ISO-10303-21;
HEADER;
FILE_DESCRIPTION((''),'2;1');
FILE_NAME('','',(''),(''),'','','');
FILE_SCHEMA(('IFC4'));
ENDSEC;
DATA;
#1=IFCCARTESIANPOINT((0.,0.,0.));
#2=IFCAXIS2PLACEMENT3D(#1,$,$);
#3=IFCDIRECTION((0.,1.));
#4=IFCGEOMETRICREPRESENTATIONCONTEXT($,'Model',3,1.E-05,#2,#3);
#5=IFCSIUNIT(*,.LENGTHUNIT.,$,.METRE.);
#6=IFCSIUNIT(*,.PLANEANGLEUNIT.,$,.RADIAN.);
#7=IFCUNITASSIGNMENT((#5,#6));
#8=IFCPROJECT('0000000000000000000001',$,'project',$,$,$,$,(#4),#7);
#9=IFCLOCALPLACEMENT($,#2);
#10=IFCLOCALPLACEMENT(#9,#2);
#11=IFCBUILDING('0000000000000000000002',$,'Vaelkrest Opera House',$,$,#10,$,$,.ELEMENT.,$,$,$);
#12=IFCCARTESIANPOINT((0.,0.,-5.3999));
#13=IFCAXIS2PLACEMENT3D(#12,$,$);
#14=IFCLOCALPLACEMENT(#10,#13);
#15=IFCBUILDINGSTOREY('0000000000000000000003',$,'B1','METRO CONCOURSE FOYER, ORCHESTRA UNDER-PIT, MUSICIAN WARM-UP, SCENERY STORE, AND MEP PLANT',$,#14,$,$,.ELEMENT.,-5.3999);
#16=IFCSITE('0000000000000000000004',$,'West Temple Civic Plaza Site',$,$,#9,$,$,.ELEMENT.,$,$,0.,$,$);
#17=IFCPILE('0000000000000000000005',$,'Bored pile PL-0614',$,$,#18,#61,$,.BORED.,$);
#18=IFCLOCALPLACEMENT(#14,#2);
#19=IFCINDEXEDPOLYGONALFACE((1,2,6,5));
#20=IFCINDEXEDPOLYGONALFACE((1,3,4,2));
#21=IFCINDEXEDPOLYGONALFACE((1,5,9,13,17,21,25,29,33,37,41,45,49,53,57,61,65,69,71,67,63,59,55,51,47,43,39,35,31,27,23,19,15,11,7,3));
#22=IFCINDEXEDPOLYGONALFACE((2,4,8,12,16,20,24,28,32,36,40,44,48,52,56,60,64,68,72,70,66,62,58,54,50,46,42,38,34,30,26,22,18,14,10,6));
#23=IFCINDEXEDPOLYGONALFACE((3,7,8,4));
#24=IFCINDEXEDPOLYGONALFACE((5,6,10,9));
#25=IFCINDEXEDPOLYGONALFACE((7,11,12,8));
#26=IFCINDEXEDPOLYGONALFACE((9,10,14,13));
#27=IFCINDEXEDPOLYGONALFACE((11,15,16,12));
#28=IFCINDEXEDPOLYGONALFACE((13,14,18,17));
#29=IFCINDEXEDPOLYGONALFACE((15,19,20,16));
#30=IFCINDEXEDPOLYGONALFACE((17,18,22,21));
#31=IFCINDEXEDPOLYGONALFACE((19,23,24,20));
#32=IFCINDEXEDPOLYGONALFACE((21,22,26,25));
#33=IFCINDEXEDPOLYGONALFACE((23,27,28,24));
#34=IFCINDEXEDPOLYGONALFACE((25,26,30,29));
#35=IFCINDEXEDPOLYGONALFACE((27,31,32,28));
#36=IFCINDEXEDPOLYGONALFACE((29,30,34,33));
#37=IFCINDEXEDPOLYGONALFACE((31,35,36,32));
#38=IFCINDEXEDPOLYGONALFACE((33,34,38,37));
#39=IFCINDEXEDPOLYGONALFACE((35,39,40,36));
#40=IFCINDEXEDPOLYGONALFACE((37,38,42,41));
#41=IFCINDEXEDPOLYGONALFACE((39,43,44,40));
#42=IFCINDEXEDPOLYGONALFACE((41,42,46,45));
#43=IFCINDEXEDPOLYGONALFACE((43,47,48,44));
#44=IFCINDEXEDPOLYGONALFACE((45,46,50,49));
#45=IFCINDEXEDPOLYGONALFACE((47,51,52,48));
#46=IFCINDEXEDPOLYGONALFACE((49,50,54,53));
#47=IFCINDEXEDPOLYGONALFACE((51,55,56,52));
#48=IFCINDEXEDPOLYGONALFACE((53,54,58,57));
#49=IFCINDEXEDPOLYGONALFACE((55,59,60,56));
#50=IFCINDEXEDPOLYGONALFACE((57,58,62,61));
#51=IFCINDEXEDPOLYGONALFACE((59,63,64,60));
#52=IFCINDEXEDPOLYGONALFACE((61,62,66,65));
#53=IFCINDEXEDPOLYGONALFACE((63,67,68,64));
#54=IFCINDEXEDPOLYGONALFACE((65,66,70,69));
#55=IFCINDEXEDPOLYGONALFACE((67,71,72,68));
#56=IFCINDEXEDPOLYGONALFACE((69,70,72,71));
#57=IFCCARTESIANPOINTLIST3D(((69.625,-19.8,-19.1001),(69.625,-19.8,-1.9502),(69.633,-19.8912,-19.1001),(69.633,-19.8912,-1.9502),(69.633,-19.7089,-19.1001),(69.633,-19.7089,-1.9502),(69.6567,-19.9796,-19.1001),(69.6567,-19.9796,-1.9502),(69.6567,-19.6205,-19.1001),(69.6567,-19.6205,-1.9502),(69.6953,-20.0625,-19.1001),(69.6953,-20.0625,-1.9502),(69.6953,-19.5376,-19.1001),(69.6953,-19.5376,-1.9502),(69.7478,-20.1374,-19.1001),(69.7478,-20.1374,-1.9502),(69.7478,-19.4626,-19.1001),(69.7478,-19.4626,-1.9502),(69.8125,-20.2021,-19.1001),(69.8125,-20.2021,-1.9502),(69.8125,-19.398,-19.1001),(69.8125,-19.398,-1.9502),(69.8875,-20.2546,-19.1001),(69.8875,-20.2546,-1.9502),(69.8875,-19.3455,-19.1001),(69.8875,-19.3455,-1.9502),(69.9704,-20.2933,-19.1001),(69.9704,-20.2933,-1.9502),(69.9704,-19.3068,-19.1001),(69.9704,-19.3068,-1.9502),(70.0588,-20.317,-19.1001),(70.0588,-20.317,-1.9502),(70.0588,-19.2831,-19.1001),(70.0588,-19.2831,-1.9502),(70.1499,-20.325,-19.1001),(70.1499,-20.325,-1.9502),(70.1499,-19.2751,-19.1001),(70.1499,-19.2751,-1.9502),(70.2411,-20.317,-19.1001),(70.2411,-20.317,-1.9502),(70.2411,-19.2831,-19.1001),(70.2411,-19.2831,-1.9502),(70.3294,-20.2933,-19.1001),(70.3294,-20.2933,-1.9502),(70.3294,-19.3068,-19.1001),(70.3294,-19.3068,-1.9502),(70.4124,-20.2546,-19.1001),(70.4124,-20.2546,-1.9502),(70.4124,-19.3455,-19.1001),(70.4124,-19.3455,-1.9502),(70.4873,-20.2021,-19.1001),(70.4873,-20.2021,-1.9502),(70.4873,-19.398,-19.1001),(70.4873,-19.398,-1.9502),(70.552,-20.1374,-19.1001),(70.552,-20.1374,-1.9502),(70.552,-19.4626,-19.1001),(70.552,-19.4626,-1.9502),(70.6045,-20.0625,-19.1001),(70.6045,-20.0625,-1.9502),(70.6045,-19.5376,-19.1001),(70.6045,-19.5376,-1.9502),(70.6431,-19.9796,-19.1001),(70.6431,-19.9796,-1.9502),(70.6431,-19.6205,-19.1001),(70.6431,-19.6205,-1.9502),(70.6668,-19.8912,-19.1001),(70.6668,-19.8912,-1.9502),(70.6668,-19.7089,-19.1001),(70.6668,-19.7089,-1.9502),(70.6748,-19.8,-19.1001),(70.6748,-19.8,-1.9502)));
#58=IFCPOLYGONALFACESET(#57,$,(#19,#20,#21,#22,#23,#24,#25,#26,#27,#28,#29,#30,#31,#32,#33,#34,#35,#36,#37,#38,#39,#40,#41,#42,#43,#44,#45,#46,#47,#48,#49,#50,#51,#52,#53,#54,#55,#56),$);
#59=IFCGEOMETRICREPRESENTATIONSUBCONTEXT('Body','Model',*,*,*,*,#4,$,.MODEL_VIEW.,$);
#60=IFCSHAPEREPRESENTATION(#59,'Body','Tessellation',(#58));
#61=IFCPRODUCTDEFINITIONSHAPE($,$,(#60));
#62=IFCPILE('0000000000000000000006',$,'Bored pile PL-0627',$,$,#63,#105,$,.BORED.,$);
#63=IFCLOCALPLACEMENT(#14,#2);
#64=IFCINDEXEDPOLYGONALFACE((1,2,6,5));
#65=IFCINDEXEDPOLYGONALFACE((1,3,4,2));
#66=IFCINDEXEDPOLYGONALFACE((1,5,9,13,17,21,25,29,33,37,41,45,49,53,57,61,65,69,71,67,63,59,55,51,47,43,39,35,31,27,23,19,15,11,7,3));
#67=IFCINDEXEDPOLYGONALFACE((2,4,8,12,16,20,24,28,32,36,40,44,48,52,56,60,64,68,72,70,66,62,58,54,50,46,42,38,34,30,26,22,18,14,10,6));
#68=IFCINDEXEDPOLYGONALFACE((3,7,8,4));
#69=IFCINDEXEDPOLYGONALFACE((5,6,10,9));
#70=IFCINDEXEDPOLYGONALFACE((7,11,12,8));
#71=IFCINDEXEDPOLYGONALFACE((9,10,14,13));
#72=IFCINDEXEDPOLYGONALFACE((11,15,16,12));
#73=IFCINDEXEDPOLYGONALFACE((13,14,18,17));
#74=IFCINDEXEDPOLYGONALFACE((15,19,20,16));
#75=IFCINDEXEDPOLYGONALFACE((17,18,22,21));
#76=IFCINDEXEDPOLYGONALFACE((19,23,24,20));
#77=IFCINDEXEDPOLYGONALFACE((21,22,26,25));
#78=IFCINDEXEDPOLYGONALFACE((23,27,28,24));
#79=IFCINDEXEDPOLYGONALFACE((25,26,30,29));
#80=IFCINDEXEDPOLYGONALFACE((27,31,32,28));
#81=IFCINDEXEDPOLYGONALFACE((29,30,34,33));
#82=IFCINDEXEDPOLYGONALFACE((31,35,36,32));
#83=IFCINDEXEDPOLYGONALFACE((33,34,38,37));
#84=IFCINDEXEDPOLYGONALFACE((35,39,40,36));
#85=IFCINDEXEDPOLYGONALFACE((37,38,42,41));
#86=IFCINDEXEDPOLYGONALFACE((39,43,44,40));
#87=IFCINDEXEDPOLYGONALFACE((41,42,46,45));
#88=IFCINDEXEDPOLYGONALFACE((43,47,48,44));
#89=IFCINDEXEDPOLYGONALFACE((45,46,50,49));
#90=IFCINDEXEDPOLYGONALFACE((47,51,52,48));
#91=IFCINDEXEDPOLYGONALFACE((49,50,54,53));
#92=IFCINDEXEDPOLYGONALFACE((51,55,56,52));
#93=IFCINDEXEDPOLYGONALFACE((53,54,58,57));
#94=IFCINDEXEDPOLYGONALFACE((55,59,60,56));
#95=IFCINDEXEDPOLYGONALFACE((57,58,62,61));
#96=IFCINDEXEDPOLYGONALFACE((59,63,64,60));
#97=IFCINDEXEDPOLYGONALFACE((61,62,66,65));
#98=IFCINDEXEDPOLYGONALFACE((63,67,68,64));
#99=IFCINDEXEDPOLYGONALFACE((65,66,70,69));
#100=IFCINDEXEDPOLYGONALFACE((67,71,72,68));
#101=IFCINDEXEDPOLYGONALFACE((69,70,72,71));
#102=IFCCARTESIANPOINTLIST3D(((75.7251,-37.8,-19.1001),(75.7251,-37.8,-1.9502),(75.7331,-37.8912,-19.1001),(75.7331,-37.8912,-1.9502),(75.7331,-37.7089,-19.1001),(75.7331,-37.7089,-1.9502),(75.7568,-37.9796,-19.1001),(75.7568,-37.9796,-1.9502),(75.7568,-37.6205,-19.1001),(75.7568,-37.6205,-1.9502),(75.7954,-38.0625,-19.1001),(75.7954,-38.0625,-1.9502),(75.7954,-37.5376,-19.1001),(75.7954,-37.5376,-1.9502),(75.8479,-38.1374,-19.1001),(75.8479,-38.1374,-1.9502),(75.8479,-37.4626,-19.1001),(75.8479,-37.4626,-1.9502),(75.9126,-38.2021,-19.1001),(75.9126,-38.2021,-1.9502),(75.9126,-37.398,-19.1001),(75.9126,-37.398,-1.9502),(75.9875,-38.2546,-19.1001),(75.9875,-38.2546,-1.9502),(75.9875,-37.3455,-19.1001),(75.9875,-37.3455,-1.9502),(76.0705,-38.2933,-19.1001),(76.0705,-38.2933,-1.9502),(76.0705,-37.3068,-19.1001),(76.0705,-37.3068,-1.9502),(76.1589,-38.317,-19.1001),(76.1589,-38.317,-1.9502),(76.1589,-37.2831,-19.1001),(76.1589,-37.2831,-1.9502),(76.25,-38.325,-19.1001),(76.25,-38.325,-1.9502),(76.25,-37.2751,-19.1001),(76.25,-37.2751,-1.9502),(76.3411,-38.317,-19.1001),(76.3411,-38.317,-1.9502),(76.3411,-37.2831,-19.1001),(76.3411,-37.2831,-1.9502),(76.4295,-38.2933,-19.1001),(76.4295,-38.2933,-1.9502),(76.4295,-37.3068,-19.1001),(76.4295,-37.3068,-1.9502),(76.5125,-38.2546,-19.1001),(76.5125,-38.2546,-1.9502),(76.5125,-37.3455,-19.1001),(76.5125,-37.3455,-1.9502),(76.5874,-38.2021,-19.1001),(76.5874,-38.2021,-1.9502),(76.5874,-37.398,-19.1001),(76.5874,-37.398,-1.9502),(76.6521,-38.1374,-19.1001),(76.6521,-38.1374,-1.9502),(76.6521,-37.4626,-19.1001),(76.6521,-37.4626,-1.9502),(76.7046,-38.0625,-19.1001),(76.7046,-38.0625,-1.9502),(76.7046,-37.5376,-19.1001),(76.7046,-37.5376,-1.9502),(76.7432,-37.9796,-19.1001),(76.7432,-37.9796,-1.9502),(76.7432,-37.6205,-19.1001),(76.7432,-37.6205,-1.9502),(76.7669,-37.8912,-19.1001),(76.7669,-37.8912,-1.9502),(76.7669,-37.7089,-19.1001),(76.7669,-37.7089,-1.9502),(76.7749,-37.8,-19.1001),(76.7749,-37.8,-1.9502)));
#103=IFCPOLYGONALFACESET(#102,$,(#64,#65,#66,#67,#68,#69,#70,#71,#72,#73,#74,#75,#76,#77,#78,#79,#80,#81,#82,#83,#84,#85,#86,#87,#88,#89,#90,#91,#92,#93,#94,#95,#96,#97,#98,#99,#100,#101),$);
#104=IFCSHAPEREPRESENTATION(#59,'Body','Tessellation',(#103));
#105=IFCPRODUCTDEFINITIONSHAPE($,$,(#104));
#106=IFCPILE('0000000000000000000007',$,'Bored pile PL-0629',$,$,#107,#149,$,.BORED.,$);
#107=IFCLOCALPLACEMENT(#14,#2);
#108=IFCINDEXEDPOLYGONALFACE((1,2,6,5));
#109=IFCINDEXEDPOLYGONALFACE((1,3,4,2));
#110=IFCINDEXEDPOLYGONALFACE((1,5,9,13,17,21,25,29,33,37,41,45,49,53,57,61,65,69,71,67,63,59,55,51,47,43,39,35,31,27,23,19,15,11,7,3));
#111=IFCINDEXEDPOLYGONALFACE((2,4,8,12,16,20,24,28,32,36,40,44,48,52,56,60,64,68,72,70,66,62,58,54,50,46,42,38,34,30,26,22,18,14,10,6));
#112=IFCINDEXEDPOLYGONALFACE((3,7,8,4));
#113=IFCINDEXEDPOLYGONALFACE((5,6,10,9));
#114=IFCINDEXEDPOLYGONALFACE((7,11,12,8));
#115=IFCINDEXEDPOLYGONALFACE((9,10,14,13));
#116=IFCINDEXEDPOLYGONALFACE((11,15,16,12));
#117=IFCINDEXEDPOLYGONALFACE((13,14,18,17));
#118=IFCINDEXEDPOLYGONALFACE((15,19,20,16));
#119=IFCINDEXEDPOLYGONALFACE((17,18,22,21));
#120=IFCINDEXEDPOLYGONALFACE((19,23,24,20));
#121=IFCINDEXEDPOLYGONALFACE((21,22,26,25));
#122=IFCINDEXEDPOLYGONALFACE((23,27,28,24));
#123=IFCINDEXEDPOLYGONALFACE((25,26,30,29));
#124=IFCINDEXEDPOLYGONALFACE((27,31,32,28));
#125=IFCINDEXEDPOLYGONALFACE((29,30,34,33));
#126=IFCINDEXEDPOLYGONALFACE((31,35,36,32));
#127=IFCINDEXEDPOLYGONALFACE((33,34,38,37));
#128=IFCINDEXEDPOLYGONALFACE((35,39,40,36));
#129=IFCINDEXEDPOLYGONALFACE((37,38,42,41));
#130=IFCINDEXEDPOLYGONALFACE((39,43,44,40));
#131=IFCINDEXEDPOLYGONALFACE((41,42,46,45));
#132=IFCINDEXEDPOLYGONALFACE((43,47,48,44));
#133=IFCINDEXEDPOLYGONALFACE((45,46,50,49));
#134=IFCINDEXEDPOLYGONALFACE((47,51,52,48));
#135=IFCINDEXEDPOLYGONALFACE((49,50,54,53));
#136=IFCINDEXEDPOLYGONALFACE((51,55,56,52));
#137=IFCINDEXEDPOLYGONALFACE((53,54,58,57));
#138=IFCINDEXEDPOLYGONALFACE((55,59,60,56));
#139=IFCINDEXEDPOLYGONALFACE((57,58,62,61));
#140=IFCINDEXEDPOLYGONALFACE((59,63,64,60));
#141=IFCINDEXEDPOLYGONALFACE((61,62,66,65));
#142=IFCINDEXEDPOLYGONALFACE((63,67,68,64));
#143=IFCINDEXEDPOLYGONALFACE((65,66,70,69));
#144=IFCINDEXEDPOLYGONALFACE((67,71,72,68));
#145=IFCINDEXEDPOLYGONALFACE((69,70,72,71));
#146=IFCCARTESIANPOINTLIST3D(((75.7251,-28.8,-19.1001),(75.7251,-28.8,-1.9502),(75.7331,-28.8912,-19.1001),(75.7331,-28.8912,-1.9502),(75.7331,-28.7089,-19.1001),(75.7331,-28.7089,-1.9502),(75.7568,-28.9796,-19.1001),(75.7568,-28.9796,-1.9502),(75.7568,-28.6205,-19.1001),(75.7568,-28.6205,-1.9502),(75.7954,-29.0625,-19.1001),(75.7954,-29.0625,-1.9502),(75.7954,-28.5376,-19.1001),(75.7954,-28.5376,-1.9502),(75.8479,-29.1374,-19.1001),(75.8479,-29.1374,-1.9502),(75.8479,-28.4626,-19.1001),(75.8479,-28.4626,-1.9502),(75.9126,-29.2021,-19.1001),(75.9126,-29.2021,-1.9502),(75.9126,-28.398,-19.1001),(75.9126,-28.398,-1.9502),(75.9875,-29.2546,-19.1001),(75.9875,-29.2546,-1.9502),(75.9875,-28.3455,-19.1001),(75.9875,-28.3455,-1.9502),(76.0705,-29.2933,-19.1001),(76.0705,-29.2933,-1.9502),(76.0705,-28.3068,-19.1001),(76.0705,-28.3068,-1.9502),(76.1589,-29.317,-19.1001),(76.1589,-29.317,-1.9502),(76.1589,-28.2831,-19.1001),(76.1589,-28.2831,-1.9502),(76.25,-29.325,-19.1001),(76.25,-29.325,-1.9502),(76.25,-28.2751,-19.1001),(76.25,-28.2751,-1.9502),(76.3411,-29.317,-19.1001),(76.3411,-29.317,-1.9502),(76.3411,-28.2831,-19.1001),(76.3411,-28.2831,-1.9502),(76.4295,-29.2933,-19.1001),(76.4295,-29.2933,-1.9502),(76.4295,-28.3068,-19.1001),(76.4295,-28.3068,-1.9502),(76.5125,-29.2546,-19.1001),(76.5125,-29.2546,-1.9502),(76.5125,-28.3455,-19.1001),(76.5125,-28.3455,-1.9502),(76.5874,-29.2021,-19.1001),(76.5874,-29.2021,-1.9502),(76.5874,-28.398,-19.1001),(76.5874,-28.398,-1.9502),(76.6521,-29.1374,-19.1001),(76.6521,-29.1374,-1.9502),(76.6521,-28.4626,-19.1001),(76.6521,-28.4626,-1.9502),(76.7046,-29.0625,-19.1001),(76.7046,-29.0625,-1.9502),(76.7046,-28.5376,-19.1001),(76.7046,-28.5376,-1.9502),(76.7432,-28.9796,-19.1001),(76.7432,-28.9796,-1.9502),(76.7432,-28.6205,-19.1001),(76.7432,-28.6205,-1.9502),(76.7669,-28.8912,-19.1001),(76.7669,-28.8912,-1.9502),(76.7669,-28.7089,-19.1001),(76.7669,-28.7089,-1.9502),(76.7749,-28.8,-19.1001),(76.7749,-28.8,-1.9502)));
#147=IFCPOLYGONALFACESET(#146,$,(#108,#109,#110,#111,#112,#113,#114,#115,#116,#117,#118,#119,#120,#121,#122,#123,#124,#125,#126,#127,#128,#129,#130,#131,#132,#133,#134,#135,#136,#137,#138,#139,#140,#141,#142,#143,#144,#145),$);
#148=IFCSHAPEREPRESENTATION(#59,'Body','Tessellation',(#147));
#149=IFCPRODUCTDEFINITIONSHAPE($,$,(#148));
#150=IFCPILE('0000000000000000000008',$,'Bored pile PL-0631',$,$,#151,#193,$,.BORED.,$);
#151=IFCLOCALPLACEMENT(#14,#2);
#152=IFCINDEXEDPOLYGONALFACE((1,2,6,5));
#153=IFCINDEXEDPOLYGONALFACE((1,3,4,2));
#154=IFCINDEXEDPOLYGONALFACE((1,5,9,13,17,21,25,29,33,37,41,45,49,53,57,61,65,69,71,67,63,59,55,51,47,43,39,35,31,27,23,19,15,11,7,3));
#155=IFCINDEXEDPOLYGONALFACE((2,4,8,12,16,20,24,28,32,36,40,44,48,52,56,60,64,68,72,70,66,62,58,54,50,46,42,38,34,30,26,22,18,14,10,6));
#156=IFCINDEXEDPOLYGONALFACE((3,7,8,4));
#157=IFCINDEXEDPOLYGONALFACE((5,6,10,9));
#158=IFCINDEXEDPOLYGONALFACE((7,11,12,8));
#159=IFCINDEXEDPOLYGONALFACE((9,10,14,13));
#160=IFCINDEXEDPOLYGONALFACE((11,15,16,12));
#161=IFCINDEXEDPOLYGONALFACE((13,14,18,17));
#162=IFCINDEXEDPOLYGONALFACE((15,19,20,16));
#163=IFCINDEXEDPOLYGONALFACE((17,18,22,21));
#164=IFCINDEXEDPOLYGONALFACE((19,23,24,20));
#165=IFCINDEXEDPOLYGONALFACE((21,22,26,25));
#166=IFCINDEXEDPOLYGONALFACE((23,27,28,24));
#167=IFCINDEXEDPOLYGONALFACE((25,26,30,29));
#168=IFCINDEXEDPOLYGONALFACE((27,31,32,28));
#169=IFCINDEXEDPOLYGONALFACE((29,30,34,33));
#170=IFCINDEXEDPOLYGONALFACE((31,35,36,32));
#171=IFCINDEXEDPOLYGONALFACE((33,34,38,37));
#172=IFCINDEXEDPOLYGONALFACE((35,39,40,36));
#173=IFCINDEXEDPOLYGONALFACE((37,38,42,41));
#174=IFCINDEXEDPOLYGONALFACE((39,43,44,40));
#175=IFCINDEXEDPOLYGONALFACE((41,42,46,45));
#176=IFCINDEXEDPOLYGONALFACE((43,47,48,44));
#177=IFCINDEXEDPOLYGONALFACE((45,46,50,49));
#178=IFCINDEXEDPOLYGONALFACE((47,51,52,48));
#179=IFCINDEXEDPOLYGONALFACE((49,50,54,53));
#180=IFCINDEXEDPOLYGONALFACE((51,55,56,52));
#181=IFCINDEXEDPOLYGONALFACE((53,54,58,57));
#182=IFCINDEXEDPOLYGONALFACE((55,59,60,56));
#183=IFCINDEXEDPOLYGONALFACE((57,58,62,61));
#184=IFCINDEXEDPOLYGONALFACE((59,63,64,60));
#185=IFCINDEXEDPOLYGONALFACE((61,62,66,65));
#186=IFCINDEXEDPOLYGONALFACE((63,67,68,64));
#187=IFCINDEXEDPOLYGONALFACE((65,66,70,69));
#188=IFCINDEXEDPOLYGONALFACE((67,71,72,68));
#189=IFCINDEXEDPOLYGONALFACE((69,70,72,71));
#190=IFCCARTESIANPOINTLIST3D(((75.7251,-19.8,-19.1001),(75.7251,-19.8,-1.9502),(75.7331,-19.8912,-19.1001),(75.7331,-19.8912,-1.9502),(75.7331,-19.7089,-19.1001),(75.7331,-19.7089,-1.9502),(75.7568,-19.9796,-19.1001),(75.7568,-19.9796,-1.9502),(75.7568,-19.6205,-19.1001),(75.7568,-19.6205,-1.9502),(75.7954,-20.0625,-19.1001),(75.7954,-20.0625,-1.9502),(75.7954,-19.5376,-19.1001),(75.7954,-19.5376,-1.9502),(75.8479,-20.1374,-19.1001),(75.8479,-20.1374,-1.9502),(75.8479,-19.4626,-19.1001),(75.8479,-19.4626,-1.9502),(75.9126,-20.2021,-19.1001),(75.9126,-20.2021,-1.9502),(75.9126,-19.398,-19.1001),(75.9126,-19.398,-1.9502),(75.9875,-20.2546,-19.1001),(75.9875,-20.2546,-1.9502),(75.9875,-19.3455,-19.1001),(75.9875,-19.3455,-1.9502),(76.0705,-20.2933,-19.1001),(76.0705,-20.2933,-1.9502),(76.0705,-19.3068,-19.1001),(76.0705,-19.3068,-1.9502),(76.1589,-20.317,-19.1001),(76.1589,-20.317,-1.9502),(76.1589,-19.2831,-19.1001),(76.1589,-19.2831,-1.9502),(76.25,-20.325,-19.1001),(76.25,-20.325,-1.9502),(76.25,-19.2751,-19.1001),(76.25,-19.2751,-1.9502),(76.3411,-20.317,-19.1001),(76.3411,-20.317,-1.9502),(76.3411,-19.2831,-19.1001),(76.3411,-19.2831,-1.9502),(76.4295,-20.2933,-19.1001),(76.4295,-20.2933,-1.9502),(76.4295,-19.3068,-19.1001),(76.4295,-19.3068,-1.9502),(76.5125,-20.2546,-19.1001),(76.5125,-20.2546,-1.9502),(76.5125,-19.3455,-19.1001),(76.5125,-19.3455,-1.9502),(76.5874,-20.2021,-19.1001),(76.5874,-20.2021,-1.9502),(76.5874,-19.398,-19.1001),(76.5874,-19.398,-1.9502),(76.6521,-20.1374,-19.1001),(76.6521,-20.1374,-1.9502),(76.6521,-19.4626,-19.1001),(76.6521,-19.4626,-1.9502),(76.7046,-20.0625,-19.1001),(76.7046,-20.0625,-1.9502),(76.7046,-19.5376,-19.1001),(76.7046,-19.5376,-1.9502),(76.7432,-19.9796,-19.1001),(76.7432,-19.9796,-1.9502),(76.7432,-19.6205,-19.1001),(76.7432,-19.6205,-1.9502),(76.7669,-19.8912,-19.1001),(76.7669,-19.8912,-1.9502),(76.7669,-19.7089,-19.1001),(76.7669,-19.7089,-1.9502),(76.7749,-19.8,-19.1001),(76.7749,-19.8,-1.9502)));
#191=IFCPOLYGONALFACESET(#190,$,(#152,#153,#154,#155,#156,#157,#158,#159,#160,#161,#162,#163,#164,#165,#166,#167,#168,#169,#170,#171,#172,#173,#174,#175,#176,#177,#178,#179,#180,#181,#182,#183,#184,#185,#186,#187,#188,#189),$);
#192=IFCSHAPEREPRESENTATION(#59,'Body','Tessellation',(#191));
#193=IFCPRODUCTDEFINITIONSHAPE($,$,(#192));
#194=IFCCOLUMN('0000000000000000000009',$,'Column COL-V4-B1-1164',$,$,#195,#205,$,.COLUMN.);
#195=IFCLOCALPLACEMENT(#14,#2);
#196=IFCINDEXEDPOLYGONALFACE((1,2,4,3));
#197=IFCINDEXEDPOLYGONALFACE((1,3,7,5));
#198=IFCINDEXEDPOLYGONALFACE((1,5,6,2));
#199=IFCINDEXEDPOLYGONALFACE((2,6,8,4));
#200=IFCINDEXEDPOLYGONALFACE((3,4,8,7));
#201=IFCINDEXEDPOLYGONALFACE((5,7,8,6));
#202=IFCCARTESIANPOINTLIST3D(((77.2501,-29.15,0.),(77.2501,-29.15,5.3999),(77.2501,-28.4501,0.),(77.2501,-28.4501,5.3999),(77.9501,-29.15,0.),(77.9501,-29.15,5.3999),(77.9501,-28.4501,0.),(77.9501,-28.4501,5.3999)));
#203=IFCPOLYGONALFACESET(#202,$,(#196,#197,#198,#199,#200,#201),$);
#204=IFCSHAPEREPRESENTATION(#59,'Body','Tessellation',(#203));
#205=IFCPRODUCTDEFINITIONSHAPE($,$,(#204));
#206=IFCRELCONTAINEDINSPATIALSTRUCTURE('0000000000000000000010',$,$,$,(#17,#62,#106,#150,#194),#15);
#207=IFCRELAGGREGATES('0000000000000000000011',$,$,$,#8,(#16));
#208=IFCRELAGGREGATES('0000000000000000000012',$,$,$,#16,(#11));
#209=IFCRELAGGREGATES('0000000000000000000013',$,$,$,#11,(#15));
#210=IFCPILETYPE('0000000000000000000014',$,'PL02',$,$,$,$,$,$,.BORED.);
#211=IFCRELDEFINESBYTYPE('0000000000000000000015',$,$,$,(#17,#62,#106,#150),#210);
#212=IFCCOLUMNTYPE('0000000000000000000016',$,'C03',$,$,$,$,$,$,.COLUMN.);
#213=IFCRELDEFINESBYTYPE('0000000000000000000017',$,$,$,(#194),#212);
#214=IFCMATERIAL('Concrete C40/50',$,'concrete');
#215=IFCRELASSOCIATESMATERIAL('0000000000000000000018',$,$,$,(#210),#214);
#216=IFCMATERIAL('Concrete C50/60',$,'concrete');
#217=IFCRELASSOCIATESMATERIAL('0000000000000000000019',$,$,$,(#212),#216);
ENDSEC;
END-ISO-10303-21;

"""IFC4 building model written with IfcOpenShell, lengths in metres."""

from ifc_helpers import new_model, si_unit, direction, frame, origin, origin_2d, place, context, subcontext, project, spatial, rectangle, circle, extrude, material, material_profile, profile_set, type_object, element, save


model = new_model("IFC4")

# Units and contexts
model_context = context("Model", 3, precision=1e-05, world=origin(), true_north=direction((0.0, 1.0)))
body_context = subcontext(model_context, "Body", "Model", "MODEL_VIEW")
ifc_project = project(units=[si_unit("LENGTHUNIT", "METRE"), si_unit("PLANEANGLEUNIT", "RADIAN")], contexts=[model_context])

# Site, building, storey
site_placement = place(None, origin())
site = spatial("IfcSite", under=ifc_project, at=site_placement, Name="West Temple Civic Plaza Site", CompositionType="ELEMENT", RefElevation=0.0)
building_placement = place(site_placement, origin())
building = spatial("IfcBuilding", under=site, at=building_placement, Name="Vaelkrest Opera House", CompositionType="ELEMENT")
storey_placement = place(building_placement, frame((0.0, 0.0, -5.3999)))
storey = spatial("IfcBuildingStorey", under=building, at=storey_placement, Name="B1", Description="METRO CONCOURSE FOYER, ORCHESTRA UNDER-PIT, MUSICIAN WARM-UP, SCENERY STORE, AND MEP PLANT", CompositionType="ELEMENT", Elevation=-5.3999)

# Shared definitions
ifc_material_1 = material(Name="Concrete C40/50", Category="concrete")

# Piles
ifc_material_profile_1 = material_profile(ifc_material_1, circle(Radius=0.5249, at=origin_2d()), Name="PILE1050")
ifc_profile_set_1 = profile_set([ifc_material_profile_1], Name="Concrete C40/50")
pile_type = type_object("IfcPileType", Name="PL02", PredefinedType="BORED", material=ifc_profile_set_1)
for number, where, z_axis, x_axis, name in (
    (1, (70.1499, -19.8, -1.9502), (0.0, 0.0, -1.0), (1.0, 0.0, 0.0), "Bored pile PL-0614"),
    (2, (76.25, -37.8, -1.9502), (0.0, 0.0, -1.0), (1.0, 0.0, 0.0), "Bored pile PL-0627"),
    (3, (76.25, -28.8, -1.9502), (0.0, 0.0, -1.0), (1.0, 0.0, 0.0), "Bored pile PL-0629"),
    (4, (76.25, -19.8, -1.9502), (0.0, 0.0, -1.0), (1.0, 0.0, 0.0), "Bored pile PL-0631"),
):
    element("IfcPile", number, at=place(storey_placement, frame(where, z_axis=z_axis, x_axis=x_axis)), inside=storey, type_object=pile_type, Name=name, PredefinedType="BORED", context=body_context, shape_type="SweptSolid", body=[
        extrude(circle(Radius=0.5249, at=origin_2d()), origin(), (0.0, 0.0, 1.0), 17.1499),
    ])

# Column
ifc_material_2 = material(Name="Concrete C50/60", Category="concrete")
ifc_material_profile_2 = material_profile(ifc_material_2, rectangle(XDim=0.7, YDim=0.7, at=origin_2d()), Name="RC700X700")
ifc_profile_set_2 = profile_set([ifc_material_profile_2], Name="Concrete C50/60")
column_type_1 = type_object("IfcColumnType", Name="C03", PredefinedType="COLUMN", material=ifc_profile_set_2)
for number, where, z_axis, x_axis, name in (
    (5, (77.6001, -28.8, 0.0), (0.0, 0.0, 1.0), (1.0, 0.0, 0.0), "Column COL-V4-B1-1164"),
):
    element("IfcColumn", number, at=place(storey_placement, frame(where, z_axis=z_axis, x_axis=x_axis)), inside=storey, type_object=column_type_1, Name=name, PredefinedType="COLUMN", context=body_context, shape_type="SweptSolid", body=[
        extrude(rectangle(XDim=0.7, YDim=0.7, at=origin_2d()), origin(), (0.0, 0.0, 1.0), 5.3999),
    ])

save(model, "model.ifc")
